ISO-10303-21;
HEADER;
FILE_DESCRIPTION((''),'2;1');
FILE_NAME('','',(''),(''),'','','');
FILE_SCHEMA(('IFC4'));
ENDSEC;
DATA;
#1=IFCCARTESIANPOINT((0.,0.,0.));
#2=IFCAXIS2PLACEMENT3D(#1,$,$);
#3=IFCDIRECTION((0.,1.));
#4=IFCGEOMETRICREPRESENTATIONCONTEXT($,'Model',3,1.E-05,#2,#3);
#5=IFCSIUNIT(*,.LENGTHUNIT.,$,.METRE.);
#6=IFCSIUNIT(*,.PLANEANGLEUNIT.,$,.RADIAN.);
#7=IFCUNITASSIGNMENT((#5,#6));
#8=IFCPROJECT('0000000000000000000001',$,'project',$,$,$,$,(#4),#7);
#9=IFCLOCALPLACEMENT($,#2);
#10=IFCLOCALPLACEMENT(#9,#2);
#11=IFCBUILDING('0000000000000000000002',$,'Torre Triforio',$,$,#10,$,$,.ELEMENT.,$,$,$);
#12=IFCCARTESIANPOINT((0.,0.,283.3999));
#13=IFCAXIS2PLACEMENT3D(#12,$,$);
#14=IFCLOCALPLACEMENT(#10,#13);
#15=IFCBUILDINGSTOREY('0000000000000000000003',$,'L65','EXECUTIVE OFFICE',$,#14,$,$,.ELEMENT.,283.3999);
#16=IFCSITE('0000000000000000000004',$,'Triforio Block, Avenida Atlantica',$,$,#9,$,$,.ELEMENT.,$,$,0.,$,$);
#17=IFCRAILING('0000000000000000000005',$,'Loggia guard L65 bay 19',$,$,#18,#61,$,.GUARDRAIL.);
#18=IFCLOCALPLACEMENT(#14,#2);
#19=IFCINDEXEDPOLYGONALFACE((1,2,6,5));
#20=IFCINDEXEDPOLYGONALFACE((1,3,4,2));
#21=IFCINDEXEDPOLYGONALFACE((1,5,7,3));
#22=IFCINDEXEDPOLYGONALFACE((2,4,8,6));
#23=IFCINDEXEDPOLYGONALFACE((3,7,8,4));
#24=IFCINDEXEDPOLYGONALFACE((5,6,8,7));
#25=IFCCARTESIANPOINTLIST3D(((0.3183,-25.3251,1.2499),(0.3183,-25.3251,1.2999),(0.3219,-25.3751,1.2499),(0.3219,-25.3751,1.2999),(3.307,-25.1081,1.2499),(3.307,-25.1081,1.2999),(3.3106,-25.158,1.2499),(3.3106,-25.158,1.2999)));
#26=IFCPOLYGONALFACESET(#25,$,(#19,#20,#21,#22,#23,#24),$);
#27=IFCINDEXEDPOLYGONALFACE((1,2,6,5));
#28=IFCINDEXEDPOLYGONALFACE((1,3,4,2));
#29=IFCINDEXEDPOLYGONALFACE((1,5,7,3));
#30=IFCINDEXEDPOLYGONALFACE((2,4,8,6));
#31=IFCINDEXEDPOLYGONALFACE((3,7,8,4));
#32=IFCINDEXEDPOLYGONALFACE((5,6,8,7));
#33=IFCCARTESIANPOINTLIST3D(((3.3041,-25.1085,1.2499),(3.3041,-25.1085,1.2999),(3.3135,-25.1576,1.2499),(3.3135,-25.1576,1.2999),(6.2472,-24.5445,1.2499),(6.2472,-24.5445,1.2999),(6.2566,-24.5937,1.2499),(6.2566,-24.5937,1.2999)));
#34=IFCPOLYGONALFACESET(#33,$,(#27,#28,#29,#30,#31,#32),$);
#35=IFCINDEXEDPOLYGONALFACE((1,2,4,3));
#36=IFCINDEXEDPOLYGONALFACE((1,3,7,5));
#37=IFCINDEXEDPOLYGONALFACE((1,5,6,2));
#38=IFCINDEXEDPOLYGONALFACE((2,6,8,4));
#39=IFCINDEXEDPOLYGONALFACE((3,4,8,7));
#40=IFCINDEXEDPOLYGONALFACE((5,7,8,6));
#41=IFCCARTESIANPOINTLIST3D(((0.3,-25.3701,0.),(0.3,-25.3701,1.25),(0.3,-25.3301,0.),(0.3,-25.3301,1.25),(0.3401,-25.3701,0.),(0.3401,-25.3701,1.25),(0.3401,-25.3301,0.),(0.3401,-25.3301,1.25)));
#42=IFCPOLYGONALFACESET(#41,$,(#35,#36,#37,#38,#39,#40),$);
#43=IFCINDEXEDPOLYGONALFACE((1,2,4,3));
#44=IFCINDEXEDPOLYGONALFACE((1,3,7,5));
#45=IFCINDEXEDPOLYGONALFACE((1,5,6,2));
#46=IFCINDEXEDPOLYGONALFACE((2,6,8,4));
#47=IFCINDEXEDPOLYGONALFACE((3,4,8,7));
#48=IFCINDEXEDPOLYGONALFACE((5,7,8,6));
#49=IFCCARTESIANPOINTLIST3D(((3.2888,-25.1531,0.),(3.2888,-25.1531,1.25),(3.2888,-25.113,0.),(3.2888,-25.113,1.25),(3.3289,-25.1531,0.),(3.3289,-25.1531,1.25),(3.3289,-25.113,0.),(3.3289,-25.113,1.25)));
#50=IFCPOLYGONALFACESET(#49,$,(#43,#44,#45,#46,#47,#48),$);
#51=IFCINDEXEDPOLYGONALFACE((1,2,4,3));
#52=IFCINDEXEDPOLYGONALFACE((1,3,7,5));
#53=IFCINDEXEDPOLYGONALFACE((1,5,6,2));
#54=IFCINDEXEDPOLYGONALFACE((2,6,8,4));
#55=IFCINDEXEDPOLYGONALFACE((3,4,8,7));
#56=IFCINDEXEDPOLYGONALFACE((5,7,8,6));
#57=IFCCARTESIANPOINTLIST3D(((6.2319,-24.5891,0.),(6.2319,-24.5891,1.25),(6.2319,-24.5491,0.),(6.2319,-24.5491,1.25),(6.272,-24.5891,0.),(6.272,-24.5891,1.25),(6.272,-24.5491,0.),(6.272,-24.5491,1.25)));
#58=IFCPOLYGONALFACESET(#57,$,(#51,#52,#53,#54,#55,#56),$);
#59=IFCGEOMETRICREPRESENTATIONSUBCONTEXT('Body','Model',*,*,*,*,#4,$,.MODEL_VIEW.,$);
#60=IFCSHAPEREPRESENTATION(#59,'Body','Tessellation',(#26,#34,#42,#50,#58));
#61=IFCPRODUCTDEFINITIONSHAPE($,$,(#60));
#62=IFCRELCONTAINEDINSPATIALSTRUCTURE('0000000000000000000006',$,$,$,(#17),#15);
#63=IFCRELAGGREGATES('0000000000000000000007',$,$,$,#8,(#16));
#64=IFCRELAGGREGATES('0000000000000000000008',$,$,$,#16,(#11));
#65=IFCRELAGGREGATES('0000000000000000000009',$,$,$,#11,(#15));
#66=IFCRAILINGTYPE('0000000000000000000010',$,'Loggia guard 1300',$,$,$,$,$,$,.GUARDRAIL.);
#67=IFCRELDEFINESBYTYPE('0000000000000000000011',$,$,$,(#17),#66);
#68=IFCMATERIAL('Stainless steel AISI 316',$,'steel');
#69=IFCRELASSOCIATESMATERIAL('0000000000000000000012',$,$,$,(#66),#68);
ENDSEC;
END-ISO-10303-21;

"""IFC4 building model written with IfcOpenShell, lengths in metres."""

from ifc_helpers import new_model, si_unit, direction, frame, origin, origin_2d, place, context, subcontext, project, spatial, rectangle, extrude, material, type_object, element, save


model = new_model("IFC4")

# Units and contexts
model_context = context("Model", 3, precision=1e-05, world=origin(), true_north=direction((0.0, 1.0)))
body_context = subcontext(model_context, "Body", "Model", "MODEL_VIEW")
ifc_project = project(units=[si_unit("LENGTHUNIT", "METRE"), si_unit("PLANEANGLEUNIT", "RADIAN")], contexts=[model_context])

# Site, building, storey
site_placement = place(None, origin())
site = spatial("IfcSite", under=ifc_project, at=site_placement, Name="Triforio Block, Avenida Atlantica", CompositionType="ELEMENT", RefElevation=0.0)
building_placement = place(site_placement, origin())
building = spatial("IfcBuilding", under=site, at=building_placement, Name="Torre Triforio", CompositionType="ELEMENT")
storey_placement = place(building_placement, frame((0.0, 0.0, 283.3999)))
storey = spatial("IfcBuildingStorey", under=building, at=storey_placement, Name="L65", Description="EXECUTIVE OFFICE", CompositionType="ELEMENT", Elevation=283.3999)

# Railing
ifc_material_1 = material(Name="Stainless steel AISI 316", Category="steel")
railing_type = type_object("IfcRailingType", Name="Loggia guard 1300", PredefinedType="GUARDRAIL", material=ifc_material_1)
railing_placement = place(storey_placement, frame((0.3201, -25.3501, 0.0)))
element("IfcRailing", 1, at=railing_placement, inside=storey, type_object=railing_type, Name="Loggia guard L65 bay 19", PredefinedType="GUARDRAIL", context=body_context, shape_type="SweptSolid", body=[
    extrude(rectangle(XDim=0.05, YDim=0.05, at=origin_2d()), frame((0.0, 0.0, 1.2749), z_axis=(0.997374, 0.072428, 0.0), x_axis=(-0.072428, 0.997374, 0.0)), (0.0, 0.0, 1.0), 2.9966),
    extrude(rectangle(XDim=0.05, YDim=0.05, at=origin_2d()), frame((2.9888, 0.217, 1.2749), z_axis=(0.982131, 0.188198, 0.0), x_axis=(-0.188198, 0.982131, 0.0)), (0.0, 0.0, 1.0), 2.9966),
    extrude(rectangle(XDim=0.04, YDim=0.04, at=origin_2d()), origin(), (0.0, 0.0, 1.0), 1.25),
    extrude(rectangle(XDim=0.04, YDim=0.04, at=origin_2d()), frame((2.9888, 0.217, 0.0)), (0.0, 0.0, 1.0), 1.25),
    extrude(rectangle(XDim=0.04, YDim=0.04, at=origin_2d()), frame((5.9319, 0.781, 0.0)), (0.0, 0.0, 1.0), 1.25),
])

save(model, "model.ifc")
